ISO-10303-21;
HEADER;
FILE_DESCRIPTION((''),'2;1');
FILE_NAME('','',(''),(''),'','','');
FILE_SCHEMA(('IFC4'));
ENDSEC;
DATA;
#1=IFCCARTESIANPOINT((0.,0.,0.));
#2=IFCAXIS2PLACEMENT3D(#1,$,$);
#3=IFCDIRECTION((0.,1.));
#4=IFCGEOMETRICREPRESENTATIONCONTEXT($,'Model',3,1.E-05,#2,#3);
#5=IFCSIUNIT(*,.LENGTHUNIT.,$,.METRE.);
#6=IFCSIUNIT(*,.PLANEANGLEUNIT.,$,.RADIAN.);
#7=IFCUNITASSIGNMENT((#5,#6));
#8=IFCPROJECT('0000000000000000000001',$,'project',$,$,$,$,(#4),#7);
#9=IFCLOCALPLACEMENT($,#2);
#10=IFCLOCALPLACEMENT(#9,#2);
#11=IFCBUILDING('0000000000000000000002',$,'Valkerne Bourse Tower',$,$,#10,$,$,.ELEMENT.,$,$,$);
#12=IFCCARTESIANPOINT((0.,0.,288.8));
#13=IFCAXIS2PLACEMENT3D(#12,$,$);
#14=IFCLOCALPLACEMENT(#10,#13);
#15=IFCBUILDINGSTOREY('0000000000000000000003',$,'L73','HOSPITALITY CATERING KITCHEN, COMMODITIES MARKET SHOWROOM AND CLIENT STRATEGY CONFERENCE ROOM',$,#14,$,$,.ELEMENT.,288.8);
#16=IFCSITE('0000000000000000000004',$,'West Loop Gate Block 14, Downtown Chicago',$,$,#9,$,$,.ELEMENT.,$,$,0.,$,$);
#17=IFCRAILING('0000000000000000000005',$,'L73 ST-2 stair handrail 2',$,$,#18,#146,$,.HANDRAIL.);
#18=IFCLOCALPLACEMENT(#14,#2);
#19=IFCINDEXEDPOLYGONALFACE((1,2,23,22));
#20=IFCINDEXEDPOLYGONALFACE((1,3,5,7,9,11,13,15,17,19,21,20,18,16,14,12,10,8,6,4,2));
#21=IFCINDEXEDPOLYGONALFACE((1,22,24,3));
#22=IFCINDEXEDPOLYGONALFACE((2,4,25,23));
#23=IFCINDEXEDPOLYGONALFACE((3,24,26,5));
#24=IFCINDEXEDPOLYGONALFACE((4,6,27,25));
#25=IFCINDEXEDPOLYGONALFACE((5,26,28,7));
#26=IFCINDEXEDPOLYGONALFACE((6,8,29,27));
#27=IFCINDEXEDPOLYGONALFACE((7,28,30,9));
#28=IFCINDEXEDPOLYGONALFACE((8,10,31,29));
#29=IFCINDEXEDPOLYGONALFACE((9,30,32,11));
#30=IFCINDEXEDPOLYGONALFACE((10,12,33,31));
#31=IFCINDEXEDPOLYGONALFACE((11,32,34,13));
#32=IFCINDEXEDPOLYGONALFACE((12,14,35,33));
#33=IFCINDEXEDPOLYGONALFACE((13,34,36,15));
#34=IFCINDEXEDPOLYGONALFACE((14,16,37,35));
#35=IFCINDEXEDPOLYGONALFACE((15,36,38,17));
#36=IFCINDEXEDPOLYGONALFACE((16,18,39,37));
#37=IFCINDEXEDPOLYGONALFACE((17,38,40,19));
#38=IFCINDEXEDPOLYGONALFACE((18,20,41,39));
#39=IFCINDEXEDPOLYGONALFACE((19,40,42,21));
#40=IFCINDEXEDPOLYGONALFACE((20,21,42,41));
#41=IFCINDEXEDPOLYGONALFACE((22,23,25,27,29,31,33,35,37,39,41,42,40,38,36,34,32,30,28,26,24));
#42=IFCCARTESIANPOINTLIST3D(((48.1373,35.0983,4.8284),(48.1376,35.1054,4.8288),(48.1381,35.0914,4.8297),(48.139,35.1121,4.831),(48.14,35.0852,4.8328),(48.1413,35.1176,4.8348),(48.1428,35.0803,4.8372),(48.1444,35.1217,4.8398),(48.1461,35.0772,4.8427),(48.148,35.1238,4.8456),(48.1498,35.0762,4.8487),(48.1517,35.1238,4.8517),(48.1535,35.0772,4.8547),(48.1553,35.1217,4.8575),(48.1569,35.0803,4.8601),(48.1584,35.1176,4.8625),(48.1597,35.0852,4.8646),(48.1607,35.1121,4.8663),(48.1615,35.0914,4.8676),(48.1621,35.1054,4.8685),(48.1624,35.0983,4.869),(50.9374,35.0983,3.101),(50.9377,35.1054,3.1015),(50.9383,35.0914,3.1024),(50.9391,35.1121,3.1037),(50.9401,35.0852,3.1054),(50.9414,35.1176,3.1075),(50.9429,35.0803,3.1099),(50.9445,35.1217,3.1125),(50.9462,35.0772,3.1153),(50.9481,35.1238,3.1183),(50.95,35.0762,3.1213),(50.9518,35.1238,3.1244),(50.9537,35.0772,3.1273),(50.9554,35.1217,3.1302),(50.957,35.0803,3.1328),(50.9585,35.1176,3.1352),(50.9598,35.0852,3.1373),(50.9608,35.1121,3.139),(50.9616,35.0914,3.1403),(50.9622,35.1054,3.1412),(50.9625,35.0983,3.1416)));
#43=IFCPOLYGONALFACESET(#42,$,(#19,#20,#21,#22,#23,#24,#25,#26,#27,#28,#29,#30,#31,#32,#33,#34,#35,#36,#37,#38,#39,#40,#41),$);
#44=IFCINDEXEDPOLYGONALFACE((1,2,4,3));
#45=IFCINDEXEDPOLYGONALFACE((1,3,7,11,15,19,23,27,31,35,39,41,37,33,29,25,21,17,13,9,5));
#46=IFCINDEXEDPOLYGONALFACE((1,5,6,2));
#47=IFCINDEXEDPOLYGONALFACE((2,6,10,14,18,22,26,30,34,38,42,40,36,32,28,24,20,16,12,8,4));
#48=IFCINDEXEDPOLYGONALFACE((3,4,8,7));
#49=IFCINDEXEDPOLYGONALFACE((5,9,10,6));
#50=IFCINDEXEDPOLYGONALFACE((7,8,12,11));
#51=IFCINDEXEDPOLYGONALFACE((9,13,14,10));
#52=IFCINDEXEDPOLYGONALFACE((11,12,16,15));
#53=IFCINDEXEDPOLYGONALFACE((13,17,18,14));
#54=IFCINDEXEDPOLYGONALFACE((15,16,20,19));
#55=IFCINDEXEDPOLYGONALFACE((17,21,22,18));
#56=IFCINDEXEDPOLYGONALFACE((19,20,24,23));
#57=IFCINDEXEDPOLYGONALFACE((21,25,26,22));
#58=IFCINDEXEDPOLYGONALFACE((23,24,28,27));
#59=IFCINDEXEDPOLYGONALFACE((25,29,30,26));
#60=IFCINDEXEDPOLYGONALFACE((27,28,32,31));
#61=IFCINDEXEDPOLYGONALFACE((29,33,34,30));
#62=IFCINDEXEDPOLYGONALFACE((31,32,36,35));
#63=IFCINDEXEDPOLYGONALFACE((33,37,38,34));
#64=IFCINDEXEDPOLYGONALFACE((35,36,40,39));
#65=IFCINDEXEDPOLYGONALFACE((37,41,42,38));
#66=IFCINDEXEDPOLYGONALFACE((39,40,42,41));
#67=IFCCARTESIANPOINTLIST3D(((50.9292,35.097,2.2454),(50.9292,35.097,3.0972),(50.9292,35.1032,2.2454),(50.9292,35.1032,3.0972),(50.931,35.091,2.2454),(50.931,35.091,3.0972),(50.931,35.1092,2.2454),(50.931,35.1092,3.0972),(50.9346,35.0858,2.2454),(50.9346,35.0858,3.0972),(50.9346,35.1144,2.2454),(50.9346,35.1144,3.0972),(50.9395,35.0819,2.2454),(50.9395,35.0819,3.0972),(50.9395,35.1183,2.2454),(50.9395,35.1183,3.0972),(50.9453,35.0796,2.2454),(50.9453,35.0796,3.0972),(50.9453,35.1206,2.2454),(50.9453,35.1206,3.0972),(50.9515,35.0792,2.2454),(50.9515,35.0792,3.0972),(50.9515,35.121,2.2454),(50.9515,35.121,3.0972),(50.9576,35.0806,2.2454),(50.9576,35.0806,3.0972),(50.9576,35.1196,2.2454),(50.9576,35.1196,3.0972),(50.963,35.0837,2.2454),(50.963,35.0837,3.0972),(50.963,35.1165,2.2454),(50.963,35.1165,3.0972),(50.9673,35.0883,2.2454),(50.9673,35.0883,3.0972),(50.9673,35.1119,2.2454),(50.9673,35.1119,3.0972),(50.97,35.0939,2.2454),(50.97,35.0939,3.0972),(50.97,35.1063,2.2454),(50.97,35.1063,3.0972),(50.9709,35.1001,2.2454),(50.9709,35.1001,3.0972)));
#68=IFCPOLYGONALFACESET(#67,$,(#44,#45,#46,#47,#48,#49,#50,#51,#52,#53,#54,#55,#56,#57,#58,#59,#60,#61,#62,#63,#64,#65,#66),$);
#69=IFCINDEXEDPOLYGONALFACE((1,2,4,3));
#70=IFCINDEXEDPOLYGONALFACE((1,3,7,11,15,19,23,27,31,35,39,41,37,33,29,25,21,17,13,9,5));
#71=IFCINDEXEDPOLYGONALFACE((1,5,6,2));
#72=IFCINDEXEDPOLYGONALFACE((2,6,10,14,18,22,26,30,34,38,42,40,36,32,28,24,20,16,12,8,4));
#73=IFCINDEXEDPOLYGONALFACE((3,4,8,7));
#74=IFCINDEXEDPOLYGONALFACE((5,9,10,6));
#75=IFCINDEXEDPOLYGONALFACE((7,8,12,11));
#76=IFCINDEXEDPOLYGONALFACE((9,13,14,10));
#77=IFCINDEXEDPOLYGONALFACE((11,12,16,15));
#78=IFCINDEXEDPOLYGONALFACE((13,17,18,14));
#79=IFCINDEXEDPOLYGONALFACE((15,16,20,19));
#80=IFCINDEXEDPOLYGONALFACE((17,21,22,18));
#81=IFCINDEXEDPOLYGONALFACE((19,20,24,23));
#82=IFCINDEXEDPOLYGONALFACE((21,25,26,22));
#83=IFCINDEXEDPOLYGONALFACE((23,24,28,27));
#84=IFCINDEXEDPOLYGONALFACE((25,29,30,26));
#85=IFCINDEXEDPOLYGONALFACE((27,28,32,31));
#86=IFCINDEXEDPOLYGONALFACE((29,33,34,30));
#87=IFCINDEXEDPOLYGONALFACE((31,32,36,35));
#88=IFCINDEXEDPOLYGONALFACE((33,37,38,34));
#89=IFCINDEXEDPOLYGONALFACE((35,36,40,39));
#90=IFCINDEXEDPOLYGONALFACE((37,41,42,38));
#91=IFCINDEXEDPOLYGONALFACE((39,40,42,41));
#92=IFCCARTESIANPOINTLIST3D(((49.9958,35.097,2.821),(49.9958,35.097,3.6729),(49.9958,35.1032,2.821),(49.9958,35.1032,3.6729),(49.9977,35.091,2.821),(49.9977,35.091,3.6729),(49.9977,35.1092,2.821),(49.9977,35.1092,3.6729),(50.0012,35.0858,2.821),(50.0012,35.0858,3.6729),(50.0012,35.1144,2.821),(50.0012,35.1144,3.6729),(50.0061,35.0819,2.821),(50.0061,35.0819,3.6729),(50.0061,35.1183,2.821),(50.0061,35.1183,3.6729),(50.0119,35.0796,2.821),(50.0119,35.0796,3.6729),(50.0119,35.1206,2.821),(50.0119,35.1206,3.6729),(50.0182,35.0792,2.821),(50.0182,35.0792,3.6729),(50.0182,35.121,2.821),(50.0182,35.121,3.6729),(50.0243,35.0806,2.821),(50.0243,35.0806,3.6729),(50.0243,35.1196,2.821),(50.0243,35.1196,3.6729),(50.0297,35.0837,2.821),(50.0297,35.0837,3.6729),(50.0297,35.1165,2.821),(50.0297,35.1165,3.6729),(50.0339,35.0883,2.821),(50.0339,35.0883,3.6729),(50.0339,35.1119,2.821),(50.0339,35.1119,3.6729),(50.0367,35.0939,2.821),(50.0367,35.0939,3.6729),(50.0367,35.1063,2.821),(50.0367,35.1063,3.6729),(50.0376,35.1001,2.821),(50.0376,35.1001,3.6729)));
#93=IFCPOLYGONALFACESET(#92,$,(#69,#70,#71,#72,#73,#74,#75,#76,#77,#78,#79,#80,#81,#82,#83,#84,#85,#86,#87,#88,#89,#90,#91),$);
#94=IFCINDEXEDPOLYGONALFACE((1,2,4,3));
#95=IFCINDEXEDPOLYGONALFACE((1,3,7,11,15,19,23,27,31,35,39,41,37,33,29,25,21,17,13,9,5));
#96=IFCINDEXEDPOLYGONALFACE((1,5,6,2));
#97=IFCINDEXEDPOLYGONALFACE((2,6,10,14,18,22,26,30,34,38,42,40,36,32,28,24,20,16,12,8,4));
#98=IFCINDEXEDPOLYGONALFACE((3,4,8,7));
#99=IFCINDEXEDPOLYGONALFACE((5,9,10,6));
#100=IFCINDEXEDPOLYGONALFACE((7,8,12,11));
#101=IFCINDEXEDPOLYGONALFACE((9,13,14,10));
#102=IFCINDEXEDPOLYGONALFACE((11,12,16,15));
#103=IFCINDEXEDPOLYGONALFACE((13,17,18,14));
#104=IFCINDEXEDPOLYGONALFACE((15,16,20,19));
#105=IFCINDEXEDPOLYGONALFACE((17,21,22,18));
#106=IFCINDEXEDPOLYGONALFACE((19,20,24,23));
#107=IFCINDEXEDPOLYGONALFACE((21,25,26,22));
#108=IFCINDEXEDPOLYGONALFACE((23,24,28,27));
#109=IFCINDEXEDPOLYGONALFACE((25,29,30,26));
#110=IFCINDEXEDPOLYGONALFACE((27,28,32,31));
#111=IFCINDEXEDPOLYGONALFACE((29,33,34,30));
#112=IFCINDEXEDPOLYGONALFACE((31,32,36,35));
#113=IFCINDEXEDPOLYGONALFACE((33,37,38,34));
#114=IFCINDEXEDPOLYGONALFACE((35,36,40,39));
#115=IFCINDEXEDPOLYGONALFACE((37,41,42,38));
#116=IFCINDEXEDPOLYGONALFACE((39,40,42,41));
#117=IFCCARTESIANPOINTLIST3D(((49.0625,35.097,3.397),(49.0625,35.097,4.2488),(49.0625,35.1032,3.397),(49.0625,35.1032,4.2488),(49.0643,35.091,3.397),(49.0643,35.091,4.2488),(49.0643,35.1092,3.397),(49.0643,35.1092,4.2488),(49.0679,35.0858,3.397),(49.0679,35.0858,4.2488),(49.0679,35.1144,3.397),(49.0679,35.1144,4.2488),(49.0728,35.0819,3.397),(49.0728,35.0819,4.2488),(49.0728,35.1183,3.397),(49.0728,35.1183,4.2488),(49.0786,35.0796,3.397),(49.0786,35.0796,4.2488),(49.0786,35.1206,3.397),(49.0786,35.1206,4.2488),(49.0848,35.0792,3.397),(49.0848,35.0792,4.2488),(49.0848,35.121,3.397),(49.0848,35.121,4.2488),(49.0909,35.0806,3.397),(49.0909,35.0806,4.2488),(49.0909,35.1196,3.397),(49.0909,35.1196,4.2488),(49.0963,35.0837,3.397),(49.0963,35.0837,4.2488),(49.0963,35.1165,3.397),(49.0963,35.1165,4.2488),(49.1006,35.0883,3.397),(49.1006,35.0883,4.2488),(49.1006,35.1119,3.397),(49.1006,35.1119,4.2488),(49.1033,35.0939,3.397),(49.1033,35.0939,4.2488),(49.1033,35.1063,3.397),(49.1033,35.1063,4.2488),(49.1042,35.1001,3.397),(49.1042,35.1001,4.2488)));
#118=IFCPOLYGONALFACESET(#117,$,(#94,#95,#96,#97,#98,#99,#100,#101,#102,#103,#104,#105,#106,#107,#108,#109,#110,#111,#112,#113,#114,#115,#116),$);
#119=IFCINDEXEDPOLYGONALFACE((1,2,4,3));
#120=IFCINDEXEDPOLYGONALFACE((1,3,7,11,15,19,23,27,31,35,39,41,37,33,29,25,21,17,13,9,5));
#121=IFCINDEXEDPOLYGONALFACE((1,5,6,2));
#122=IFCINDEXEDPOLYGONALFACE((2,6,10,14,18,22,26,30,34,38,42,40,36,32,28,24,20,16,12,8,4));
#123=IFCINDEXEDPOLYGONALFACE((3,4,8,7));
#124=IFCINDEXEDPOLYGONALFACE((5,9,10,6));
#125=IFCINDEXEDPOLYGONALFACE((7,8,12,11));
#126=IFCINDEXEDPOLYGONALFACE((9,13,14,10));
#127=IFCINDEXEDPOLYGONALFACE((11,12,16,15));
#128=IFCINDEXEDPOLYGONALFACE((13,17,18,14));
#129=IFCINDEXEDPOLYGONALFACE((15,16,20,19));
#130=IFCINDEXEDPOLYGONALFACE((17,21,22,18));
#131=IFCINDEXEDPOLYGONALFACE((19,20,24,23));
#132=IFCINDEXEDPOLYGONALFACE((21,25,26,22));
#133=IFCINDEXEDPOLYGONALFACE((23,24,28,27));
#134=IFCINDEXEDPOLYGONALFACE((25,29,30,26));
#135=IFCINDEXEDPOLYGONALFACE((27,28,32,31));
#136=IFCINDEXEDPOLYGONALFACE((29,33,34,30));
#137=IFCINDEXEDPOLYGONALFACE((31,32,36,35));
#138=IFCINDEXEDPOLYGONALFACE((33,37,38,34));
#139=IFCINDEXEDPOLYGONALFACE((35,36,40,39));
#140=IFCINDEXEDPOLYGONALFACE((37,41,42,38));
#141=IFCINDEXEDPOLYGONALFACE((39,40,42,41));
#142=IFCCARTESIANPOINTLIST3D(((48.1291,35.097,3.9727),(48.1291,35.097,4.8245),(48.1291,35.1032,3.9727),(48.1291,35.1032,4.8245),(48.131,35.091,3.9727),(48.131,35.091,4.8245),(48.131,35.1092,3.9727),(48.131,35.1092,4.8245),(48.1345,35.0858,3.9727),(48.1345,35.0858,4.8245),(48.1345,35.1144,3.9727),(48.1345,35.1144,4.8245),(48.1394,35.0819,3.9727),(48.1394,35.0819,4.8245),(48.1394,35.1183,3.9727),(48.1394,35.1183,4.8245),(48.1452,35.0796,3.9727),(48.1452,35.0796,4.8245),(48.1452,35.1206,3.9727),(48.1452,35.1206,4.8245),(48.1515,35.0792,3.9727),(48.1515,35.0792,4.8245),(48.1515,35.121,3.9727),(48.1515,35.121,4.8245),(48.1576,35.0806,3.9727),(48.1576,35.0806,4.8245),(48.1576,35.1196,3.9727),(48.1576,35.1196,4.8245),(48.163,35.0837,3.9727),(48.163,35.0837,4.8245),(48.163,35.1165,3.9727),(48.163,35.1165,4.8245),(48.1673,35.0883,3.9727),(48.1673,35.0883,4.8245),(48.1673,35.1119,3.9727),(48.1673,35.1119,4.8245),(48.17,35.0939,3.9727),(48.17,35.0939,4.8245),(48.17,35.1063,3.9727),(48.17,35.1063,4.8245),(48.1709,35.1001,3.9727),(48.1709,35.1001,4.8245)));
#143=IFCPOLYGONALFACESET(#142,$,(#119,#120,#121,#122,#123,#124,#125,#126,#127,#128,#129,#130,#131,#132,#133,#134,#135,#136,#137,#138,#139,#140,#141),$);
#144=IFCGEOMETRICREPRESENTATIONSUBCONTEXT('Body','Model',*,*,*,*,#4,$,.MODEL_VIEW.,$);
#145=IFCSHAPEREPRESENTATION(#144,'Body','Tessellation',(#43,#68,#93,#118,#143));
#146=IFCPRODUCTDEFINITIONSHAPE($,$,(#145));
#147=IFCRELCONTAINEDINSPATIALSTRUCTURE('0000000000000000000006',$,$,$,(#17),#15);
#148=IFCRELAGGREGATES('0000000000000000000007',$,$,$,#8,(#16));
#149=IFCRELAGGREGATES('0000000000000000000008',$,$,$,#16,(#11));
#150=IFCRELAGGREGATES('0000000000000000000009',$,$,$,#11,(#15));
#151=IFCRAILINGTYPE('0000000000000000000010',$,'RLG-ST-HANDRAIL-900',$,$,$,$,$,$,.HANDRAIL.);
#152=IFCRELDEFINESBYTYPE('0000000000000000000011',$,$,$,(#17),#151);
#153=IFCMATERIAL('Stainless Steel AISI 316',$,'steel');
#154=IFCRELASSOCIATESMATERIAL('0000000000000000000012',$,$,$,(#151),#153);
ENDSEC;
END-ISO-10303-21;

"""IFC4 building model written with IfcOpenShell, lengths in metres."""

from ifc_helpers import new_model, si_unit, direction, frame, origin, origin_2d, place, context, subcontext, project, spatial, circle, extrude, material, type_object, element, save


model = new_model("IFC4")

# Units and contexts
model_context = context("Model", 3, precision=1e-05, world=origin(), true_north=direction((0.0, 1.0)))
body_context = subcontext(model_context, "Body", "Model", "MODEL_VIEW")
ifc_project = project(units=[si_unit("LENGTHUNIT", "METRE"), si_unit("PLANEANGLEUNIT", "RADIAN")], contexts=[model_context])

# Site, building, storey
site_placement = place(None, origin())
site = spatial("IfcSite", under=ifc_project, at=site_placement, Name="West Loop Gate Block 14, Downtown Chicago", CompositionType="ELEMENT", RefElevation=0.0)
building_placement = place(site_placement, origin())
building = spatial("IfcBuilding", under=site, at=building_placement, Name="Valkerne Bourse Tower", CompositionType="ELEMENT")
storey_placement = place(building_placement, frame((0.0, 0.0, 288.8)))
storey = spatial("IfcBuildingStorey", under=building, at=storey_placement, Name="L73", Description="HOSPITALITY CATERING KITCHEN, COMMODITIES MARKET SHOWROOM AND CLIENT STRATEGY CONFERENCE ROOM", CompositionType="ELEMENT", Elevation=288.8)

# Shared definitions
ifc_material_1 = material(Name="Stainless Steel AISI 316", Category="steel")

# Railing
railing_type_1 = type_object("IfcRailingType", Name="RLG-ST-HANDRAIL-900", PredefinedType="HANDRAIL", material=ifc_material_1)
railing_1_placement = place(storey_placement, frame((50.95, 35.1001, 2.2454)))
element("IfcRailing", 1, at=railing_1_placement, inside=storey, type_object=railing_type_1, Name="L73 ST-2 stair handrail 2", PredefinedType="HANDRAIL", context=body_context, shape_type="SweptSolid", body=[
    extrude(circle(Radius=0.0239, at=origin_2d()), frame((0.0, 0.0, 0.876), z_axis=(-0.85109, 0.0, 0.52502), x_axis=(0.0, -1.0, 0.0)), (0.0, 0.0, 1.0), 3.29),
    extrude(circle(Radius=0.021, at=origin_2d()), origin(), (0.0, 0.0, 1.0), 0.8518),
    extrude(circle(Radius=0.021, at=origin_2d()), frame((-0.9333, 0.0, 0.5757)), (0.0, 0.0, 1.0), 0.8518),
    extrude(circle(Radius=0.021, at=origin_2d()), frame((-1.8667, 0.0, 1.1516)), (0.0, 0.0, 1.0), 0.8518),
    extrude(circle(Radius=0.021, at=origin_2d()), frame((-2.8, 0.0, 1.7273)), (0.0, 0.0, 1.0), 0.8518),
])

save(model, "model.ifc")
